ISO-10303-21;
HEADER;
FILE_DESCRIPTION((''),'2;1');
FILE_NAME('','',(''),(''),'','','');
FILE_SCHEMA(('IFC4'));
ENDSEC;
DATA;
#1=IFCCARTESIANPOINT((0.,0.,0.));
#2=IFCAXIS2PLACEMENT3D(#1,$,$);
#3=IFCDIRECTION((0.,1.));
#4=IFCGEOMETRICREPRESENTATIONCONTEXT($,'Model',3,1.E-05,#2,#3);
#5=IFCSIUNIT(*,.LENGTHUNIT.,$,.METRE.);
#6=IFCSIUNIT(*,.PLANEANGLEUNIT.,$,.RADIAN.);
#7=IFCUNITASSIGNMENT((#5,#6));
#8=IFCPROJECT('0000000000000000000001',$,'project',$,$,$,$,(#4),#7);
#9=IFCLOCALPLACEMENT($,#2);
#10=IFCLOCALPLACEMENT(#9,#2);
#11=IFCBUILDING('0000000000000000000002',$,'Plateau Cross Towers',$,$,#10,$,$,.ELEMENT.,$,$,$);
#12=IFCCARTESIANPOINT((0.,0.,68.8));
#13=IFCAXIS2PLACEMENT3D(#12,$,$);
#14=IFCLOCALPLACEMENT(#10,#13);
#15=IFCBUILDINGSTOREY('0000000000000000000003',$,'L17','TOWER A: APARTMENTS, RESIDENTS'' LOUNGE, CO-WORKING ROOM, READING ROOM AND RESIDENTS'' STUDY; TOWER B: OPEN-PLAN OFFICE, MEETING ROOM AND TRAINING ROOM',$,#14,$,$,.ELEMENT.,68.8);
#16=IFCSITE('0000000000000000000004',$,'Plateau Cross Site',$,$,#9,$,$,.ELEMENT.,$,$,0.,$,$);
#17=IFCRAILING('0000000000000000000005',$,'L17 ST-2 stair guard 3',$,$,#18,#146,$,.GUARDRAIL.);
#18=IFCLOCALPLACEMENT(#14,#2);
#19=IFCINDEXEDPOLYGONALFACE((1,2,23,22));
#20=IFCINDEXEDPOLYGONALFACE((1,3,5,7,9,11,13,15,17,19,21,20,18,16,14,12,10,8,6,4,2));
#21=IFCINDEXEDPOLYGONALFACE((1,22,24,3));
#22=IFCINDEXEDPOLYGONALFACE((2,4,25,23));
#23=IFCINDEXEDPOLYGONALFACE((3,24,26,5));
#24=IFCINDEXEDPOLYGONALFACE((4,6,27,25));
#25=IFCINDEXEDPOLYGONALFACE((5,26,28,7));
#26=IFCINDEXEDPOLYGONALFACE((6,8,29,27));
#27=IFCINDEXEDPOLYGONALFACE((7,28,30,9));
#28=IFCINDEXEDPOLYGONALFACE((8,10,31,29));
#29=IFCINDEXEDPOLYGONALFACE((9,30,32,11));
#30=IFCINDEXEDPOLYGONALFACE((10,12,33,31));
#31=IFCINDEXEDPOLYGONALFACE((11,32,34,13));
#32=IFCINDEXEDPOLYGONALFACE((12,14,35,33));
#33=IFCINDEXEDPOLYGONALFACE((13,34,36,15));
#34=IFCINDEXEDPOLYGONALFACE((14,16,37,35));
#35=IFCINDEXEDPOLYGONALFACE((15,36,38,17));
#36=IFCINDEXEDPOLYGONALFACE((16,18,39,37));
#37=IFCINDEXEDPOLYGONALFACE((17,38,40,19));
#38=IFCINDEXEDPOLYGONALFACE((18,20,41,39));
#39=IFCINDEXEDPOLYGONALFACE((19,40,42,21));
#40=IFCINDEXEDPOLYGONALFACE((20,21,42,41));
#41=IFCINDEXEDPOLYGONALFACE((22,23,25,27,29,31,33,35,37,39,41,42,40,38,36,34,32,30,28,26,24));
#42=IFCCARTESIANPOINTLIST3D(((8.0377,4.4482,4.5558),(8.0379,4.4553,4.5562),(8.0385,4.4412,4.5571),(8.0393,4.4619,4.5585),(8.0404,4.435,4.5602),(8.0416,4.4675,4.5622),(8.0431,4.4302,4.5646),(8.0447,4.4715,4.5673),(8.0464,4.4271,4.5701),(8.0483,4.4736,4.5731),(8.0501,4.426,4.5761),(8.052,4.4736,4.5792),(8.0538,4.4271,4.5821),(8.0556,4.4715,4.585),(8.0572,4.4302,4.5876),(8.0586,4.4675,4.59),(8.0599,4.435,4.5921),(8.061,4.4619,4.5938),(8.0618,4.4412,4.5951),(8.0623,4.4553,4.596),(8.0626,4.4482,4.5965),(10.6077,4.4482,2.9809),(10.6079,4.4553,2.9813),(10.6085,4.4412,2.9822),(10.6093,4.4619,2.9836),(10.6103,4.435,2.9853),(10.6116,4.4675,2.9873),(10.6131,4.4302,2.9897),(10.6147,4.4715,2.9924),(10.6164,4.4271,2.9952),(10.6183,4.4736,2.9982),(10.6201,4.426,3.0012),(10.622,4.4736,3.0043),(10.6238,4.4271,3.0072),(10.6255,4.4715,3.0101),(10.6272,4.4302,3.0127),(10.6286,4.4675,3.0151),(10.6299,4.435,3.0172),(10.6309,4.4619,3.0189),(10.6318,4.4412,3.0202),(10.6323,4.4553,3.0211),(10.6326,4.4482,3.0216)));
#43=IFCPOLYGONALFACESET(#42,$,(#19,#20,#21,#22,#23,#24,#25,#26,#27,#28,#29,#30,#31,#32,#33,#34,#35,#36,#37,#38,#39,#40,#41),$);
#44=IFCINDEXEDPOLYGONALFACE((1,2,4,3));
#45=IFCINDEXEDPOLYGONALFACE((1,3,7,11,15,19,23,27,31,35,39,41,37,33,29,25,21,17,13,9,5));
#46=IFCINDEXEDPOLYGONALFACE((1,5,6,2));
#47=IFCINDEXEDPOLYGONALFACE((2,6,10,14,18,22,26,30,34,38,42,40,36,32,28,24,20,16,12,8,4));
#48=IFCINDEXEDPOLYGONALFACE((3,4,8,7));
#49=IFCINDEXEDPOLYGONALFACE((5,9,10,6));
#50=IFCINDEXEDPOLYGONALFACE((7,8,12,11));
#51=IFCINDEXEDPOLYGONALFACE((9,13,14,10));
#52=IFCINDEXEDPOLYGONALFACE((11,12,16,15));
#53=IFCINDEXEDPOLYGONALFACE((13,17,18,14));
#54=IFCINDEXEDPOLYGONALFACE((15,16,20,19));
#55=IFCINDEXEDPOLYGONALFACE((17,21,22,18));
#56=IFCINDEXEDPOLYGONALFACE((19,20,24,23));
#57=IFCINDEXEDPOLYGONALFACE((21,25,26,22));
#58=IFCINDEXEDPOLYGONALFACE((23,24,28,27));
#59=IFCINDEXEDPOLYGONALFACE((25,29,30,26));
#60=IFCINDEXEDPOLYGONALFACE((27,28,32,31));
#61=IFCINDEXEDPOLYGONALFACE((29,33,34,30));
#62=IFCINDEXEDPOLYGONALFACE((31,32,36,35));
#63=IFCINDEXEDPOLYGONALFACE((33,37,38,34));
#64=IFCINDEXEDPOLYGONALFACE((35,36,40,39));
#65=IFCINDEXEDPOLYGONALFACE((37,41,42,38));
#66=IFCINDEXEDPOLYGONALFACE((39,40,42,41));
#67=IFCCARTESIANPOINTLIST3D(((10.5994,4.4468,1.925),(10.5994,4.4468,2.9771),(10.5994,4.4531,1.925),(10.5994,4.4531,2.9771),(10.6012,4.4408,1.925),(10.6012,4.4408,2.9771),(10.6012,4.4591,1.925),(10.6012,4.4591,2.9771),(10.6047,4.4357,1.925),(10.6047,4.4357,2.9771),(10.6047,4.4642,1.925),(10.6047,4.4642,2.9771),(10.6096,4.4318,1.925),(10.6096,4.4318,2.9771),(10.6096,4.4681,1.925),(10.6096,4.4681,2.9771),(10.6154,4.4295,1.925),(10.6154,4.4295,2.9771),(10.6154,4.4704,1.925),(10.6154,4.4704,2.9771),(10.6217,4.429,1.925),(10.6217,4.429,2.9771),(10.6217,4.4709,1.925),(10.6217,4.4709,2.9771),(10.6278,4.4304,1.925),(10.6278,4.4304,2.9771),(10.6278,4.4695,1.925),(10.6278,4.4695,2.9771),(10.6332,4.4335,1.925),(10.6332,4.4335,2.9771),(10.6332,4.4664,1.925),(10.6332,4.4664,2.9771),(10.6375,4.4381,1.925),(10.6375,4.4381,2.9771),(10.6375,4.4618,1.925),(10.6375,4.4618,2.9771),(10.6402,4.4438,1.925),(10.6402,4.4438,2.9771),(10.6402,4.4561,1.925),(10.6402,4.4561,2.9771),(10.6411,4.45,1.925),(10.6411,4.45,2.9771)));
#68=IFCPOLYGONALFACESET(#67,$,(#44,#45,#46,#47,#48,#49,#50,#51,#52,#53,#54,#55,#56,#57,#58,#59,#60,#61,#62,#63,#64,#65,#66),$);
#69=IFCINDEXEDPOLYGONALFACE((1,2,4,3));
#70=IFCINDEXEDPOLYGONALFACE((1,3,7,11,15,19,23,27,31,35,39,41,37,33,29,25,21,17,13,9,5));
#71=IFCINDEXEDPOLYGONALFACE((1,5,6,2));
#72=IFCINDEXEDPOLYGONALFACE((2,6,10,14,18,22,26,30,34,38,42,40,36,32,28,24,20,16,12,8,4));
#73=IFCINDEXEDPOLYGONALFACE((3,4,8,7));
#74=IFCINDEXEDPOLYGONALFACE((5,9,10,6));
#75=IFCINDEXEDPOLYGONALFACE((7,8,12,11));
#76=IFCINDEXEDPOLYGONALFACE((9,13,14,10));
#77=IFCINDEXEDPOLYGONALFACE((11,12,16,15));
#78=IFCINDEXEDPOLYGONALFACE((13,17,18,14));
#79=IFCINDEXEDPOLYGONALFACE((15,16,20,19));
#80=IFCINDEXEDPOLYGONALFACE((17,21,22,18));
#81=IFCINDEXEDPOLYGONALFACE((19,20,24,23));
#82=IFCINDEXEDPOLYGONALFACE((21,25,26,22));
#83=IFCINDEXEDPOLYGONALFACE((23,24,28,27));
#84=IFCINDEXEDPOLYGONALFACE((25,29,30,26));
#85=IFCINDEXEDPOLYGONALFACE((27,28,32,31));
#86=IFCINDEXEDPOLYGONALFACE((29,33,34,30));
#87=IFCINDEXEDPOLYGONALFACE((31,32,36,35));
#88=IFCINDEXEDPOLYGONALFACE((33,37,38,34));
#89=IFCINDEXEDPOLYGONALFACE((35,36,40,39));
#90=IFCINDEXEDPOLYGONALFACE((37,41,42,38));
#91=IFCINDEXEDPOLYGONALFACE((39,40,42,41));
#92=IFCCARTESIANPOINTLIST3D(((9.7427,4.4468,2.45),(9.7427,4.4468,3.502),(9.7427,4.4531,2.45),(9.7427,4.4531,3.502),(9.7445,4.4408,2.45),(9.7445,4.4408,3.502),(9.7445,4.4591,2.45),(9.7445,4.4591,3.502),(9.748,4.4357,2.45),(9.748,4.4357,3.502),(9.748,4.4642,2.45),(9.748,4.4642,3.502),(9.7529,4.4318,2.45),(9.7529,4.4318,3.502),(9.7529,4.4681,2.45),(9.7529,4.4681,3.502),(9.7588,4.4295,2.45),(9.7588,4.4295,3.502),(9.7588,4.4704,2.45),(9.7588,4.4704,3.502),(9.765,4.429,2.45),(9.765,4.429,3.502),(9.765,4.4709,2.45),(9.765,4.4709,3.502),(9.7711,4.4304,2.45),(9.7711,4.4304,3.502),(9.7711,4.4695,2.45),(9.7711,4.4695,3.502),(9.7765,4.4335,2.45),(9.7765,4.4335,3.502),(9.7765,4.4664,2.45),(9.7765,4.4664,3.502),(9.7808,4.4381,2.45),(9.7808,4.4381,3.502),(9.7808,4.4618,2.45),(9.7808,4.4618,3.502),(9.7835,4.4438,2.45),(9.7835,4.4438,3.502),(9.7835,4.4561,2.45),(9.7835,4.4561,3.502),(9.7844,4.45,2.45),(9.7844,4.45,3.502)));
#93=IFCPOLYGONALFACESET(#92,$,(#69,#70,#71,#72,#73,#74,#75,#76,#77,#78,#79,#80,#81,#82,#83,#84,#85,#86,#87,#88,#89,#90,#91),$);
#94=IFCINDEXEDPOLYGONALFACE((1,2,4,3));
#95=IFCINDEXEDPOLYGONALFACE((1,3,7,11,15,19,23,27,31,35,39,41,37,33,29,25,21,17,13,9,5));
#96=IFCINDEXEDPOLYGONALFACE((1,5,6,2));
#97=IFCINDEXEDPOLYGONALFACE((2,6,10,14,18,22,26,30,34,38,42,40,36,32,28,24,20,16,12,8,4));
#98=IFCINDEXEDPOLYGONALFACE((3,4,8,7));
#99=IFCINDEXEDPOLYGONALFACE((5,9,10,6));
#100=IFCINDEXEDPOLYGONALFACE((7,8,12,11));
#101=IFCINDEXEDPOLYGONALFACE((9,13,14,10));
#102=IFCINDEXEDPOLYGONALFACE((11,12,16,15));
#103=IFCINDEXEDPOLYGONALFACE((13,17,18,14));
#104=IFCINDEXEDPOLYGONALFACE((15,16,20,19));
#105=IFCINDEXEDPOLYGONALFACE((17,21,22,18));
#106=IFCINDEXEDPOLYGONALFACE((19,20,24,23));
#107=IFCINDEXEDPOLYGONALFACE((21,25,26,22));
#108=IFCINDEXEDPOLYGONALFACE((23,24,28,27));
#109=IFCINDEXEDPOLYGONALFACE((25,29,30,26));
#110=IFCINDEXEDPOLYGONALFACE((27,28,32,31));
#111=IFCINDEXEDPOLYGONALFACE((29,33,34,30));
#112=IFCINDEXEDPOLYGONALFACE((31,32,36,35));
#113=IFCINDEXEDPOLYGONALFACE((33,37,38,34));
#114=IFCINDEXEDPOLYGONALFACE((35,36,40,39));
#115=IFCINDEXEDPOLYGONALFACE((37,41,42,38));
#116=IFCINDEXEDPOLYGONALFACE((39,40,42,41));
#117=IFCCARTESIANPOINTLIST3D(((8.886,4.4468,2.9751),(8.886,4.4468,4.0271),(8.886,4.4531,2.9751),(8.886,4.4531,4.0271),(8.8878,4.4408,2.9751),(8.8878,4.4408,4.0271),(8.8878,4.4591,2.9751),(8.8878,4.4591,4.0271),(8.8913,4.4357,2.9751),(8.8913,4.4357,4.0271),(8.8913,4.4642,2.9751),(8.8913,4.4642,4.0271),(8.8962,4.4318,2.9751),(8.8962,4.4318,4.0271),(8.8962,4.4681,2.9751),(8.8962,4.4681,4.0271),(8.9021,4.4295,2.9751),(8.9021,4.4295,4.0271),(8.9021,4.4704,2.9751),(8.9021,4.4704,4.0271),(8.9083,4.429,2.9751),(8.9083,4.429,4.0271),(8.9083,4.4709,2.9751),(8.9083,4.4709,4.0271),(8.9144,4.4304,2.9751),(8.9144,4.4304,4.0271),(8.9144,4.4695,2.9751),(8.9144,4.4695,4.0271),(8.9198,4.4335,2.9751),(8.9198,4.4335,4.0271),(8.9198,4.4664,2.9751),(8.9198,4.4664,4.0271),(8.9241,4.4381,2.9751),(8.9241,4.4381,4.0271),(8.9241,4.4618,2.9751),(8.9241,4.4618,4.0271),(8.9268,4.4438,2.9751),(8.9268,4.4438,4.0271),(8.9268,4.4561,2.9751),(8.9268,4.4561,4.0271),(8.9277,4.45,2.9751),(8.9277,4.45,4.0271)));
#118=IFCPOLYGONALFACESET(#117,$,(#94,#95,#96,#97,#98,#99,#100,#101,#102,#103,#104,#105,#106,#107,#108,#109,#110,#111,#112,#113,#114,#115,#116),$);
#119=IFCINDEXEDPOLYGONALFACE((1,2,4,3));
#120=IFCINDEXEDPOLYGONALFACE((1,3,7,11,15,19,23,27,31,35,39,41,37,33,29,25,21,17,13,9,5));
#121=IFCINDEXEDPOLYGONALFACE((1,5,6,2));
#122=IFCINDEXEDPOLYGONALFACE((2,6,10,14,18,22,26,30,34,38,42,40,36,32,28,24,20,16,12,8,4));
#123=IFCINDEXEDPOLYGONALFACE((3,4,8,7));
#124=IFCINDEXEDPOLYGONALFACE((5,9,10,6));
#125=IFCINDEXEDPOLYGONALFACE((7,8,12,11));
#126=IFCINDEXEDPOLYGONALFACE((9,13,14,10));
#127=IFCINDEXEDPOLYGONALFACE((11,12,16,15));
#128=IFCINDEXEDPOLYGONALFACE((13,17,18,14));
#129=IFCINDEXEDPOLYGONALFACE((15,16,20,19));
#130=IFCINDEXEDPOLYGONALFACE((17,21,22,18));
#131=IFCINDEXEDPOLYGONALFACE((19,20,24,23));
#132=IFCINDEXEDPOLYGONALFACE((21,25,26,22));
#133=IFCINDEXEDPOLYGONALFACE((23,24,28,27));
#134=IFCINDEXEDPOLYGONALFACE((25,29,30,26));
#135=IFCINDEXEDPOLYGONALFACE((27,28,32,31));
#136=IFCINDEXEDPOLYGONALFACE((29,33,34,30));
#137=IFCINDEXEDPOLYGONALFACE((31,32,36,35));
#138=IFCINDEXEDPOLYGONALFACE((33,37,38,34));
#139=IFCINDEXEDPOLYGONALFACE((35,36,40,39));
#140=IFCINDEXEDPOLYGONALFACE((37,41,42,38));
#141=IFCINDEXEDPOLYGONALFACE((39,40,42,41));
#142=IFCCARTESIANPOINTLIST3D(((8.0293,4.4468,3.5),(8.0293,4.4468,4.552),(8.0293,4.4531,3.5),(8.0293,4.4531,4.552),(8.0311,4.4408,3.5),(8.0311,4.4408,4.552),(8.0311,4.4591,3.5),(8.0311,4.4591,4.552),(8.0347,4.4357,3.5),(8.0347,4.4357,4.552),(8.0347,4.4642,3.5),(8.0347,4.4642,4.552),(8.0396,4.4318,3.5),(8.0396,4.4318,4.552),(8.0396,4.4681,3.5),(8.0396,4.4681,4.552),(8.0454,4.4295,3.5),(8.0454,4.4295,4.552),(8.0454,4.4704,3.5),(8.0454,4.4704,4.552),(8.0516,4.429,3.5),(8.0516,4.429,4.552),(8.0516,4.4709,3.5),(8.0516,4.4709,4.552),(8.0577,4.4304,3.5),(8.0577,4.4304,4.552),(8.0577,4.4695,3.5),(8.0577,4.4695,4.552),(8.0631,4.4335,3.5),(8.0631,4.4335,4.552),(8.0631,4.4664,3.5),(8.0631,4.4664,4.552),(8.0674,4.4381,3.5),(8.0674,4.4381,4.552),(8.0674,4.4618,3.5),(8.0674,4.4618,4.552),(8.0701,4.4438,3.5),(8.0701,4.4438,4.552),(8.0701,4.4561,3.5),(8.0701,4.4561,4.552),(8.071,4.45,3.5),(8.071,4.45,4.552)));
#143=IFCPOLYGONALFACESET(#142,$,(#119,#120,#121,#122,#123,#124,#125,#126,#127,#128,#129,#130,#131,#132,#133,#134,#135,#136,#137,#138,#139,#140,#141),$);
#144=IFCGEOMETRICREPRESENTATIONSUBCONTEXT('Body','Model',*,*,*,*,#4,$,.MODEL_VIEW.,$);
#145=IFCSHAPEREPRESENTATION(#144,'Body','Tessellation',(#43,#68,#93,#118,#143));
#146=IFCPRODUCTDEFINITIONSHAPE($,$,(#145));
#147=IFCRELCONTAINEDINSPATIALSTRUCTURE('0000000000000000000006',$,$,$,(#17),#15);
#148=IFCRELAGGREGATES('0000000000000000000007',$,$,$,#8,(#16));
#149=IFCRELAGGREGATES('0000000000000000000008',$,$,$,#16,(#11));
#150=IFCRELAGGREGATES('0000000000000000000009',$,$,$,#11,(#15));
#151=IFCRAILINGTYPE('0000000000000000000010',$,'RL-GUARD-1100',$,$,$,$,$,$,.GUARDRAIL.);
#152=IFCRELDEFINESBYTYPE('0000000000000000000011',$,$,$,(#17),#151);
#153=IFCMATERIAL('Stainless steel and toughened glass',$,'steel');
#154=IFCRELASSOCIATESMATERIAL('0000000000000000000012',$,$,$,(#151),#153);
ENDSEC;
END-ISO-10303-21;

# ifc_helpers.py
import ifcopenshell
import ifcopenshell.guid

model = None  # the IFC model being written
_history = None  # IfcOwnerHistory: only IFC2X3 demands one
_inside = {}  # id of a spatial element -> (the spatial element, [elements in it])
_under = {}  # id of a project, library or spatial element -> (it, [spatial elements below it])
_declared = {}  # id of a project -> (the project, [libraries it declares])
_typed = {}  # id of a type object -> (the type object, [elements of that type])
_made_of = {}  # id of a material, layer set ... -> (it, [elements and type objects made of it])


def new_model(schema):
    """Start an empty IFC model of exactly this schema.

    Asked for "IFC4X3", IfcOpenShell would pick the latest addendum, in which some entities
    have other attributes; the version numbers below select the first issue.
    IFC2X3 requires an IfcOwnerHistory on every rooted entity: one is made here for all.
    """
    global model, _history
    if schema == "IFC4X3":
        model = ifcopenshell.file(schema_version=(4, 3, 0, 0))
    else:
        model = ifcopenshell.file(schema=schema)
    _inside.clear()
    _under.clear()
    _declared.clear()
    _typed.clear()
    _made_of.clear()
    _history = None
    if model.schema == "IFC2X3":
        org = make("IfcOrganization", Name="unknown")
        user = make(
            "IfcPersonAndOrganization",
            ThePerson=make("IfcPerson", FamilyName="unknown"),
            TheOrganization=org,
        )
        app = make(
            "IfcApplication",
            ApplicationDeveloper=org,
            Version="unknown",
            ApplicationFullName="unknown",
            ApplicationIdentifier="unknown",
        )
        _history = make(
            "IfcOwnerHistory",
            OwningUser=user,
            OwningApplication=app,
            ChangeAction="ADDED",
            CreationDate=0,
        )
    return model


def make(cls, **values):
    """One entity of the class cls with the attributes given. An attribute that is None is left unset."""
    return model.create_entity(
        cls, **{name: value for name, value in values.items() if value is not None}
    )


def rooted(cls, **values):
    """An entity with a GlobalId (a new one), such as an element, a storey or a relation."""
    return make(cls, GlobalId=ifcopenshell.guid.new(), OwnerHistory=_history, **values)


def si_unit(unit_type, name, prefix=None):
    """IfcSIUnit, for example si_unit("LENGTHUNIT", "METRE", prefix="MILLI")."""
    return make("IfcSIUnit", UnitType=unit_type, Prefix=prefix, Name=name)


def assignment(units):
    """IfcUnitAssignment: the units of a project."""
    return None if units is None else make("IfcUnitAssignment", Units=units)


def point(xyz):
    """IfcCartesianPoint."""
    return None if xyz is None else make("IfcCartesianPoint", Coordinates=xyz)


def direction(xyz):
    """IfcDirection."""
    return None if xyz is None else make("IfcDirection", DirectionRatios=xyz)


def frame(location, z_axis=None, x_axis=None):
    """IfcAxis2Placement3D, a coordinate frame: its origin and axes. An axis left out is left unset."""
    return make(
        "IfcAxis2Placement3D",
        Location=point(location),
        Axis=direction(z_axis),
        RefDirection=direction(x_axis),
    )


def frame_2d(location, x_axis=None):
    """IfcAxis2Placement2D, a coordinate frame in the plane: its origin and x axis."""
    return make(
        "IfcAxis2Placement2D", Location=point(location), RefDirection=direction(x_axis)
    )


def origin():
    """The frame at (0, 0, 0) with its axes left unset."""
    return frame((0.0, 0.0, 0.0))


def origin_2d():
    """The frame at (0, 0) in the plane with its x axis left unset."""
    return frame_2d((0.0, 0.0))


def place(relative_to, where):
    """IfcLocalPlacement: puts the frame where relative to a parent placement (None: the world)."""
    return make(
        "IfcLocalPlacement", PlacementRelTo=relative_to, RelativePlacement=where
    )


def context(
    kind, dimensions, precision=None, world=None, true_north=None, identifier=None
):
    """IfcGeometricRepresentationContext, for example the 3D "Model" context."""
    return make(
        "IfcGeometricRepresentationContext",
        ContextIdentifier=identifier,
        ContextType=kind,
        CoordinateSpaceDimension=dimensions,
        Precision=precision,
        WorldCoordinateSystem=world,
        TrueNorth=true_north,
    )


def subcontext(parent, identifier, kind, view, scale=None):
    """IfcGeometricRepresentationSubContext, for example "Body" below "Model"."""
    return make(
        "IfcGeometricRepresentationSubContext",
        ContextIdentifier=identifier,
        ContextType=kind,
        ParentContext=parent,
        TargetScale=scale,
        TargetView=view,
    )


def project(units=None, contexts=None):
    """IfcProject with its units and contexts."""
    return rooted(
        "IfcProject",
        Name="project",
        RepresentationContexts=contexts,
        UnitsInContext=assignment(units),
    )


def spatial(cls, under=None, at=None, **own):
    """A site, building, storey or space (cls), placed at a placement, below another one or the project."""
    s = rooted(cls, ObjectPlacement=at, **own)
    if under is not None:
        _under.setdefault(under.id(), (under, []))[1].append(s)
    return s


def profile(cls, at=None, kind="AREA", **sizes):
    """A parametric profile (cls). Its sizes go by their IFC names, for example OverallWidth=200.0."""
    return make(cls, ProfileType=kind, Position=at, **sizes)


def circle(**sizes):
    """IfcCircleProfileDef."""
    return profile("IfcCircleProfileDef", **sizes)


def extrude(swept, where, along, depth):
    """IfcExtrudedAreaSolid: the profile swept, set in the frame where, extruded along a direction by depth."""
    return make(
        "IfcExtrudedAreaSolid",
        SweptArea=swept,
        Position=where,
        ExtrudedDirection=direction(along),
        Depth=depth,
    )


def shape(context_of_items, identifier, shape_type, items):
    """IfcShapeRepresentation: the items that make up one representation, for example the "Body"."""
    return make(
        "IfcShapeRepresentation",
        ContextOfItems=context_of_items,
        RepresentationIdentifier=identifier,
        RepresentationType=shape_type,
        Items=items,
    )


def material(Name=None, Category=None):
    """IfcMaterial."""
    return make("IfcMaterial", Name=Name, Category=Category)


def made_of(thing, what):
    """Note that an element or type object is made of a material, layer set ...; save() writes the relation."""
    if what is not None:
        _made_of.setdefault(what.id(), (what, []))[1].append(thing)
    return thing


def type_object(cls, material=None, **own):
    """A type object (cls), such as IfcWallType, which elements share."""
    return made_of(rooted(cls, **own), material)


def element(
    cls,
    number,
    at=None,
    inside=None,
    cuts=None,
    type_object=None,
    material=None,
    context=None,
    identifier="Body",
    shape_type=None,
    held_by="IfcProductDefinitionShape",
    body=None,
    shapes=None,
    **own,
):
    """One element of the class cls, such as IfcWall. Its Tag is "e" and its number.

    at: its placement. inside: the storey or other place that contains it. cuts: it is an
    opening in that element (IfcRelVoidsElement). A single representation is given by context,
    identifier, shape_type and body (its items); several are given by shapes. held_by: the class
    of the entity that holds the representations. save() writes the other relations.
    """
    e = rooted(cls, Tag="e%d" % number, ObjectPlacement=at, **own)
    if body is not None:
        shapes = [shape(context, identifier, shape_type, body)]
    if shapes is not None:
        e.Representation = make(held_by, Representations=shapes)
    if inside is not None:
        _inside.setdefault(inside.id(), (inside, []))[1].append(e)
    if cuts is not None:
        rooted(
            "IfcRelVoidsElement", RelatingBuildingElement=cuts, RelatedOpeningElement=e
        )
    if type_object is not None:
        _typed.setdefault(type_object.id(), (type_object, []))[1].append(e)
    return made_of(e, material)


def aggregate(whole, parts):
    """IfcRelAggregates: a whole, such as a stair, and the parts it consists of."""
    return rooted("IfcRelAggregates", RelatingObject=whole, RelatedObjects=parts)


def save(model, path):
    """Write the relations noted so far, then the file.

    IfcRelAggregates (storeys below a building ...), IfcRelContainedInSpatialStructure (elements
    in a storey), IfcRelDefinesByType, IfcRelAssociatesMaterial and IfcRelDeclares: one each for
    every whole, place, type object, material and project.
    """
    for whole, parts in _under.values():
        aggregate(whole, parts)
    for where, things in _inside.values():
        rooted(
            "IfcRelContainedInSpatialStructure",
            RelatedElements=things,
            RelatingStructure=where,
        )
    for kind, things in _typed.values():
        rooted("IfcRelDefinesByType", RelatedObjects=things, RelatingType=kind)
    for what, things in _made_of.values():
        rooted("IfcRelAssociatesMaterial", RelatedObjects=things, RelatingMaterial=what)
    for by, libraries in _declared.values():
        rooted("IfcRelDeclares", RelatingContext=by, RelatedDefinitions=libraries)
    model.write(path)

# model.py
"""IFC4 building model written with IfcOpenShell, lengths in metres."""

from ifc_helpers import new_model, si_unit, direction, frame, origin, origin_2d, place, context, subcontext, project, spatial, circle, extrude, material, type_object, element, save


model = new_model("IFC4")

# Units and contexts
model_context = context("Model", 3, precision=1e-05, world=origin(), true_north=direction((0.0, 1.0)))
body_context = subcontext(model_context, "Body", "Model", "MODEL_VIEW")
ifc_project = project(units=[si_unit("LENGTHUNIT", "METRE"), si_unit("PLANEANGLEUNIT", "RADIAN")], contexts=[model_context])

# Site, building, storey
site_placement = place(None, origin())
site = spatial("IfcSite", under=ifc_project, at=site_placement, Name="Plateau Cross Site", CompositionType="ELEMENT", RefElevation=0.0)
building_placement = place(site_placement, origin())
building = spatial("IfcBuilding", under=site, at=building_placement, Name="Plateau Cross Towers", CompositionType="ELEMENT")
storey_placement = place(building_placement, frame((0.0, 0.0, 68.8)))
storey = spatial("IfcBuildingStorey", under=building, at=storey_placement, Name="L17", Description="TOWER A: APARTMENTS, RESIDENTS' LOUNGE, CO-WORKING ROOM, READING ROOM AND RESIDENTS' STUDY; TOWER B: OPEN-PLAN OFFICE, MEETING ROOM AND TRAINING ROOM", CompositionType="ELEMENT", Elevation=68.8)

# Railing
ifc_material_1 = material(Name="Stainless steel and toughened glass", Category="steel")
railing_type_1 = type_object("IfcRailingType", Name="RL-GUARD-1100", PredefinedType="GUARDRAIL", material=ifc_material_1)
railing_1_placement = place(storey_placement, frame((10.6201, 4.45, 1.925)))
element("IfcRailing", 1, at=railing_1_placement, inside=storey, type_object=railing_type_1, Name="L17 ST-2 stair guard 3", PredefinedType="GUARDRAIL", context=body_context, shape_type="SweptSolid", body=[
    extrude(circle(Radius=0.0239, at=origin_2d()), frame((0.0, 0.0, 1.0762), z_axis=(-0.852639, 0.0, 0.522501), x_axis=(0.0, -1.0, 0.0)), (0.0, 0.0, 1.0), 3.0142),
    extrude(circle(Radius=0.021, at=origin_2d()), origin(), (0.0, 0.0, 1.0), 1.052),
    extrude(circle(Radius=0.021, at=origin_2d()), frame((-0.8567, 0.0, 0.5249)), (0.0, 0.0, 1.0), 1.052),
    extrude(circle(Radius=0.021, at=origin_2d()), frame((-1.7134, 0.0, 1.05)), (0.0, 0.0, 1.0), 1.052),
    extrude(circle(Radius=0.021, at=origin_2d()), frame((-2.5701, 0.0, 1.575)), (0.0, 0.0, 1.0), 1.052),
])

save(model, "model.ifc")
